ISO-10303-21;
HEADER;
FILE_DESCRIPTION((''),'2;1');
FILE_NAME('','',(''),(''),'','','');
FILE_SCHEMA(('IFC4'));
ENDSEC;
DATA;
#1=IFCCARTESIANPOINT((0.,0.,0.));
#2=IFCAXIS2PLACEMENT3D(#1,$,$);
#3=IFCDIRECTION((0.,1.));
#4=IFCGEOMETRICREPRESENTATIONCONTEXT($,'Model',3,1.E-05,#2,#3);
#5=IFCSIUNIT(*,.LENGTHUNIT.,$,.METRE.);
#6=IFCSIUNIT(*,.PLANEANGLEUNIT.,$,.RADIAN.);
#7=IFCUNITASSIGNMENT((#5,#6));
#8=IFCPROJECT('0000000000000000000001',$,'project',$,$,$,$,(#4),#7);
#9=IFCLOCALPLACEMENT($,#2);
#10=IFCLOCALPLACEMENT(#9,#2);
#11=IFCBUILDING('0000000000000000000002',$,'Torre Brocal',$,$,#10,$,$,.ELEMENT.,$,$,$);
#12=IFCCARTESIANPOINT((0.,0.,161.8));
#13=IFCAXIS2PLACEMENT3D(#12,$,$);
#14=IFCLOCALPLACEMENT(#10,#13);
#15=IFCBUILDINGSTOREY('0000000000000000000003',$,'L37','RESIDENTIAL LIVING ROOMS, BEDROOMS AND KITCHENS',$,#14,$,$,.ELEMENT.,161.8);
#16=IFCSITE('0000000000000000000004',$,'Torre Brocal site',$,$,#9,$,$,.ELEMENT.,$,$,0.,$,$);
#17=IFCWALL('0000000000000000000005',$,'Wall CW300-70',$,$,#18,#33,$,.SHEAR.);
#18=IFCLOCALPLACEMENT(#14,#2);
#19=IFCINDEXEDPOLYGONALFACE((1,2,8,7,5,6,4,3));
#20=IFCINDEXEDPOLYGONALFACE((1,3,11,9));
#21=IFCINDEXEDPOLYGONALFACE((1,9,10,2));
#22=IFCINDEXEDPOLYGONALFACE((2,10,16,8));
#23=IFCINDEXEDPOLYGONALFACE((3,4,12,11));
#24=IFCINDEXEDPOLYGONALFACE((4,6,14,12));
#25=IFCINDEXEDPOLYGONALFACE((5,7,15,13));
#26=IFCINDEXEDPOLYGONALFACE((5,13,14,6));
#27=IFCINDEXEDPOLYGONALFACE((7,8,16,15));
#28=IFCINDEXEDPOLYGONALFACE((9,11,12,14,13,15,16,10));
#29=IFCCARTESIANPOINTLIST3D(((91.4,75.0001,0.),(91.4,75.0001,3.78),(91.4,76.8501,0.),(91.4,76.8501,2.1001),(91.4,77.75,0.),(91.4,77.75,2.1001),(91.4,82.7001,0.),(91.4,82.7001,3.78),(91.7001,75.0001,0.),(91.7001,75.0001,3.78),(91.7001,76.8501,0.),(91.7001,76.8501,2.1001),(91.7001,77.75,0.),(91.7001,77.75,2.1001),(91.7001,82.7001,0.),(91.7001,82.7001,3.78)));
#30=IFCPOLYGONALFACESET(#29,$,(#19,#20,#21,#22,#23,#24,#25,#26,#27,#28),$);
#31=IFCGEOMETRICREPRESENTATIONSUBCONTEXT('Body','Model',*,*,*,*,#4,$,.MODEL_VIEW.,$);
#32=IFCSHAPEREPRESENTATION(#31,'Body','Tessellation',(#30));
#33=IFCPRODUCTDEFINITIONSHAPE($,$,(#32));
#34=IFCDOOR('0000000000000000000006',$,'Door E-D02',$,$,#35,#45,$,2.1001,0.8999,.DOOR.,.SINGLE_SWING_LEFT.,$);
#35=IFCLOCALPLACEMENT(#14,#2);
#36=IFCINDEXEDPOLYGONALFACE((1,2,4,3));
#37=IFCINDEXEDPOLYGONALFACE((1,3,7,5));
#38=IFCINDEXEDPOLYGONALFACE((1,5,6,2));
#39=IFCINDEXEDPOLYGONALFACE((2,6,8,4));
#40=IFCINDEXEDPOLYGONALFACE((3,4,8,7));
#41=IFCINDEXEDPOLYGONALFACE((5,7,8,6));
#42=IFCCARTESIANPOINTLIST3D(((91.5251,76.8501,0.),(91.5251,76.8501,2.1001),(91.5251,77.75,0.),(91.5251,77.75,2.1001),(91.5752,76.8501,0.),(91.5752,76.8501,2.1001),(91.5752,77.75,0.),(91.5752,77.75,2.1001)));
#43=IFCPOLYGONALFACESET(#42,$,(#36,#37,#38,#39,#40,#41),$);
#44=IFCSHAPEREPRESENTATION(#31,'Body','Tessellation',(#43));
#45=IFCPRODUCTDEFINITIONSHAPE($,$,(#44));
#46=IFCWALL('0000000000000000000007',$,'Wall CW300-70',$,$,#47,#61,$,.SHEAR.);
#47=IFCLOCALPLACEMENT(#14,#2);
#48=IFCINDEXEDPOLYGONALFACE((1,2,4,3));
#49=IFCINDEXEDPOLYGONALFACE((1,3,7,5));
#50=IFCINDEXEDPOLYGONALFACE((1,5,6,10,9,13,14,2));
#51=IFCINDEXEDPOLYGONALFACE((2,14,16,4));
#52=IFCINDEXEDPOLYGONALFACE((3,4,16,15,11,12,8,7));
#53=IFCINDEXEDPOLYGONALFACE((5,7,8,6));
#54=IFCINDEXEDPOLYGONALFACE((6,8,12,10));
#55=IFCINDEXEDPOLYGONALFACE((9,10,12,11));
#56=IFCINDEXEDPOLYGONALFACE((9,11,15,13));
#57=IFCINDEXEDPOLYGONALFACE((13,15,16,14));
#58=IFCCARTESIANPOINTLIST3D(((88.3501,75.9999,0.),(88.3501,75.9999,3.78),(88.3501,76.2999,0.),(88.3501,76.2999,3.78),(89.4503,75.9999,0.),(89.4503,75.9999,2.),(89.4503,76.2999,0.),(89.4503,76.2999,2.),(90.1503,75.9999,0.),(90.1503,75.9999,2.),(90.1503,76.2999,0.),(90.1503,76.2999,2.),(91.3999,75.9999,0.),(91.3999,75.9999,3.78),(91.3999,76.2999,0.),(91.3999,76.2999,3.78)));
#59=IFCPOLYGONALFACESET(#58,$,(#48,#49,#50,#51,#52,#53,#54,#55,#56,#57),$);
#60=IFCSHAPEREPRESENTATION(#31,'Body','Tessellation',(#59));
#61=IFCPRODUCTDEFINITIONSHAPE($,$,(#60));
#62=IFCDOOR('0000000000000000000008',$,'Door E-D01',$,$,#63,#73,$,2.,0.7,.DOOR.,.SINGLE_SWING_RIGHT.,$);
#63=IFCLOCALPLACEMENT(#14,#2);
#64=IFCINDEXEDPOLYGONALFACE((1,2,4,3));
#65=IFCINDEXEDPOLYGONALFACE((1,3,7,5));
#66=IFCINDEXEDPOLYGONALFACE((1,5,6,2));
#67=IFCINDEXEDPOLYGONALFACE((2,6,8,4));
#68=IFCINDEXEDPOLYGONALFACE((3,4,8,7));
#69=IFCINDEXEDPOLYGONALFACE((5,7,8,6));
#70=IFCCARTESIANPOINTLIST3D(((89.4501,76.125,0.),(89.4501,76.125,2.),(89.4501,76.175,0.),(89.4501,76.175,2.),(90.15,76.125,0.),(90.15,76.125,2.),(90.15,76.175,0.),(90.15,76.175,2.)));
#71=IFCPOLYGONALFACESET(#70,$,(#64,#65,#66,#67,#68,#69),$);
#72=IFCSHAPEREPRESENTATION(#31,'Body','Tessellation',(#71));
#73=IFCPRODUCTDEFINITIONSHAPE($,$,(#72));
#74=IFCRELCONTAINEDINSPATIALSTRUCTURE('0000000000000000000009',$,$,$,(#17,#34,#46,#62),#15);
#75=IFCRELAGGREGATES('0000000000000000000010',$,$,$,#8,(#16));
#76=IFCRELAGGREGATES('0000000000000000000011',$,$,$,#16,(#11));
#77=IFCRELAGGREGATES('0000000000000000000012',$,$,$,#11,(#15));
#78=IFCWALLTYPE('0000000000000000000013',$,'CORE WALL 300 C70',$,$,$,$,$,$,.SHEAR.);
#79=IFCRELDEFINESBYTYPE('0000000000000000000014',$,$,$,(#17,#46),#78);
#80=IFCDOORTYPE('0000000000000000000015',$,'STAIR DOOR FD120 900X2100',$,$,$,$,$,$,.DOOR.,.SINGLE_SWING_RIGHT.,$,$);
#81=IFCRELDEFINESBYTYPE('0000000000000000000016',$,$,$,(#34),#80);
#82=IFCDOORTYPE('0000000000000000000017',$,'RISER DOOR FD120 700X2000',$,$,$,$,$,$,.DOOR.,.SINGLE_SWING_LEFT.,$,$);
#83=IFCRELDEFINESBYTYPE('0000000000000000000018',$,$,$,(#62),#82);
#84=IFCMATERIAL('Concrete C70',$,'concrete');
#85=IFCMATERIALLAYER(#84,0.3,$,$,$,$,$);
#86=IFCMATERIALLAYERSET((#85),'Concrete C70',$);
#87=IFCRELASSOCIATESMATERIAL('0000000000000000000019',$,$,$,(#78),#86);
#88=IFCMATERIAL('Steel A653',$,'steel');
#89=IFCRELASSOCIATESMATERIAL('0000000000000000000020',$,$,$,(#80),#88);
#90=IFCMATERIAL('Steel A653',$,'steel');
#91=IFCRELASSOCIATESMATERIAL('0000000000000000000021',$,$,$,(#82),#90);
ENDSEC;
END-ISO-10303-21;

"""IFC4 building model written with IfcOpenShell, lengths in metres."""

from ifc_helpers import new_model, si_unit, direction, frame, frame_2d, origin, place, context, subcontext, project, spatial, rectangle, extrude, material, layer, layer_set, type_object, element, fill, save


model = new_model("IFC4")

# Units and contexts
model_context = context("Model", 3, precision=1e-05, world=origin(), true_north=direction((0.0, 1.0)))
body_context = subcontext(model_context, "Body", "Model", "MODEL_VIEW")
ifc_project = project(units=[si_unit("LENGTHUNIT", "METRE"), si_unit("PLANEANGLEUNIT", "RADIAN")], contexts=[model_context])

# Site, building, storey
site_placement = place(None, origin())
site = spatial("IfcSite", under=ifc_project, at=site_placement, Name="Torre Brocal site", CompositionType="ELEMENT", RefElevation=0.0)
building_placement = place(site_placement, origin())
building = spatial("IfcBuilding", under=site, at=building_placement, Name="Torre Brocal", CompositionType="ELEMENT")
storey_placement = place(building_placement, frame((0.0, 0.0, 161.8)))
storey = spatial("IfcBuildingStorey", under=building, at=storey_placement, Name="L37", Description="RESIDENTIAL LIVING ROOMS, BEDROOMS AND KITCHENS", CompositionType="ELEMENT", Elevation=161.8)

# Walls, openings, doors
ifc_material_1 = material(Name="Concrete C70", Category="concrete")
ifc_layer_1 = layer(ifc_material_1, 0.3)
ifc_layer_set_1 = layer_set([ifc_layer_1], Name="Concrete C70")
wall_type_1 = type_object("IfcWallType", Name="CORE WALL 300 C70", PredefinedType="SHEAR", material=ifc_layer_set_1)
wall_1_placement = place(storey_placement, frame((91.55, 75.0, 0.0), z_axis=(0.0, 0.0, 1.0), x_axis=(0.0, 1.0, 0.0)))
wall_1 = element("IfcWall", 1, at=wall_1_placement, inside=storey, type_object=wall_type_1, Name="Wall CW300-70", PredefinedType="SHEAR", context=body_context, shape_type="SweptSolid", body=[
    extrude(rectangle(XDim=7.7, YDim=0.3, at=frame_2d((3.8501, 0.0))), origin(), (0.0, 0.0, 1.0), 3.78),
])
opening_1_placement = place(wall_1_placement, frame((1.8501, 0.0, 0.0)))
opening_1 = element("IfcOpeningElement", 2, at=opening_1_placement, cuts=wall_1, PredefinedType="OPENING", context=body_context, shape_type="SweptSolid", body=[
    extrude(rectangle(XDim=0.8999, YDim=2.1001, at=frame_2d((0.45, 1.05))), frame((0.0, 0.1599, 0.0), z_axis=(0.0, -1.0, 0.0), x_axis=(1.0, 0.0, 0.0)), (0.0, 0.0, 1.0), 0.3201),
])
ifc_material_2 = material(Name="Steel A653", Category="steel")
door_type_1 = type_object("IfcDoorType", Name="STAIR DOOR FD120 900X2100", OperationType="SINGLE_SWING_RIGHT", PredefinedType="DOOR", material=ifc_material_2)
door_1_placement = place(opening_1_placement, origin())
door_1 = element("IfcDoor", 3, at=door_1_placement, inside=storey, type_object=door_type_1, Name="Door E-D02", OperationType="SINGLE_SWING_LEFT", OverallHeight=2.1001, OverallWidth=0.8999, PredefinedType="DOOR", context=body_context, shape_type="SweptSolid", body=[
    extrude(rectangle(XDim=0.8999, YDim=2.1001, at=frame_2d((0.45, 1.05))), frame((0.0, 0.0249, 0.0), z_axis=(0.0, -1.0, 0.0), x_axis=(1.0, 0.0, 0.0)), (0.0, 0.0, 1.0), 0.05),
])
fill(opening_1, door_1)
wall_2_placement = place(storey_placement, frame((88.3501, 76.1499, 0.0), z_axis=(0.0, 0.0, 1.0), x_axis=(1.0, 0.0, 0.0)))
wall_2 = element("IfcWall", 4, at=wall_2_placement, inside=storey, type_object=wall_type_1, Name="Wall CW300-70", PredefinedType="SHEAR", context=body_context, shape_type="SweptSolid", body=[
    extrude(rectangle(XDim=3.0498, YDim=0.3, at=frame_2d((1.5249, 0.0))), origin(), (0.0, 0.0, 1.0), 3.78),
])
opening_2_placement = place(wall_2_placement, frame((1.1001, 0.0, 0.0)))
opening_2 = element("IfcOpeningElement", 5, at=opening_2_placement, cuts=wall_2, PredefinedType="OPENING", context=body_context, shape_type="SweptSolid", body=[
    extrude(rectangle(XDim=0.7, YDim=2.0, at=frame_2d((0.3501, 1.0))), frame((0.0, 0.1599, 0.0), z_axis=(0.0, -1.0, 0.0), x_axis=(1.0, 0.0, 0.0)), (0.0, 0.0, 1.0), 0.3201),
])
ifc_material_3 = material(Name="Steel A653", Category="steel")
door_type_2 = type_object("IfcDoorType", Name="RISER DOOR FD120 700X2000", OperationType="SINGLE_SWING_LEFT", PredefinedType="DOOR", material=ifc_material_3)
door_2_placement = place(opening_2_placement, frame((0.7, 0.0, 0.0), z_axis=(0.0, 0.0, 1.0), x_axis=(-1.0, 0.0, 0.0)))
door_2 = element("IfcDoor", 6, at=door_2_placement, inside=storey, type_object=door_type_2, Name="Door E-D01", OperationType="SINGLE_SWING_RIGHT", OverallHeight=2.0, OverallWidth=0.7, PredefinedType="DOOR", context=body_context, shape_type="SweptSolid", body=[
    extrude(rectangle(XDim=0.7, YDim=2.0, at=frame_2d((0.3501, 1.0))), frame((0.0, 0.0249, 0.0), z_axis=(0.0, -1.0, 0.0), x_axis=(1.0, 0.0, 0.0)), (0.0, 0.0, 1.0), 0.05),
])
fill(opening_2, door_2)

save(model, "model.ifc")
